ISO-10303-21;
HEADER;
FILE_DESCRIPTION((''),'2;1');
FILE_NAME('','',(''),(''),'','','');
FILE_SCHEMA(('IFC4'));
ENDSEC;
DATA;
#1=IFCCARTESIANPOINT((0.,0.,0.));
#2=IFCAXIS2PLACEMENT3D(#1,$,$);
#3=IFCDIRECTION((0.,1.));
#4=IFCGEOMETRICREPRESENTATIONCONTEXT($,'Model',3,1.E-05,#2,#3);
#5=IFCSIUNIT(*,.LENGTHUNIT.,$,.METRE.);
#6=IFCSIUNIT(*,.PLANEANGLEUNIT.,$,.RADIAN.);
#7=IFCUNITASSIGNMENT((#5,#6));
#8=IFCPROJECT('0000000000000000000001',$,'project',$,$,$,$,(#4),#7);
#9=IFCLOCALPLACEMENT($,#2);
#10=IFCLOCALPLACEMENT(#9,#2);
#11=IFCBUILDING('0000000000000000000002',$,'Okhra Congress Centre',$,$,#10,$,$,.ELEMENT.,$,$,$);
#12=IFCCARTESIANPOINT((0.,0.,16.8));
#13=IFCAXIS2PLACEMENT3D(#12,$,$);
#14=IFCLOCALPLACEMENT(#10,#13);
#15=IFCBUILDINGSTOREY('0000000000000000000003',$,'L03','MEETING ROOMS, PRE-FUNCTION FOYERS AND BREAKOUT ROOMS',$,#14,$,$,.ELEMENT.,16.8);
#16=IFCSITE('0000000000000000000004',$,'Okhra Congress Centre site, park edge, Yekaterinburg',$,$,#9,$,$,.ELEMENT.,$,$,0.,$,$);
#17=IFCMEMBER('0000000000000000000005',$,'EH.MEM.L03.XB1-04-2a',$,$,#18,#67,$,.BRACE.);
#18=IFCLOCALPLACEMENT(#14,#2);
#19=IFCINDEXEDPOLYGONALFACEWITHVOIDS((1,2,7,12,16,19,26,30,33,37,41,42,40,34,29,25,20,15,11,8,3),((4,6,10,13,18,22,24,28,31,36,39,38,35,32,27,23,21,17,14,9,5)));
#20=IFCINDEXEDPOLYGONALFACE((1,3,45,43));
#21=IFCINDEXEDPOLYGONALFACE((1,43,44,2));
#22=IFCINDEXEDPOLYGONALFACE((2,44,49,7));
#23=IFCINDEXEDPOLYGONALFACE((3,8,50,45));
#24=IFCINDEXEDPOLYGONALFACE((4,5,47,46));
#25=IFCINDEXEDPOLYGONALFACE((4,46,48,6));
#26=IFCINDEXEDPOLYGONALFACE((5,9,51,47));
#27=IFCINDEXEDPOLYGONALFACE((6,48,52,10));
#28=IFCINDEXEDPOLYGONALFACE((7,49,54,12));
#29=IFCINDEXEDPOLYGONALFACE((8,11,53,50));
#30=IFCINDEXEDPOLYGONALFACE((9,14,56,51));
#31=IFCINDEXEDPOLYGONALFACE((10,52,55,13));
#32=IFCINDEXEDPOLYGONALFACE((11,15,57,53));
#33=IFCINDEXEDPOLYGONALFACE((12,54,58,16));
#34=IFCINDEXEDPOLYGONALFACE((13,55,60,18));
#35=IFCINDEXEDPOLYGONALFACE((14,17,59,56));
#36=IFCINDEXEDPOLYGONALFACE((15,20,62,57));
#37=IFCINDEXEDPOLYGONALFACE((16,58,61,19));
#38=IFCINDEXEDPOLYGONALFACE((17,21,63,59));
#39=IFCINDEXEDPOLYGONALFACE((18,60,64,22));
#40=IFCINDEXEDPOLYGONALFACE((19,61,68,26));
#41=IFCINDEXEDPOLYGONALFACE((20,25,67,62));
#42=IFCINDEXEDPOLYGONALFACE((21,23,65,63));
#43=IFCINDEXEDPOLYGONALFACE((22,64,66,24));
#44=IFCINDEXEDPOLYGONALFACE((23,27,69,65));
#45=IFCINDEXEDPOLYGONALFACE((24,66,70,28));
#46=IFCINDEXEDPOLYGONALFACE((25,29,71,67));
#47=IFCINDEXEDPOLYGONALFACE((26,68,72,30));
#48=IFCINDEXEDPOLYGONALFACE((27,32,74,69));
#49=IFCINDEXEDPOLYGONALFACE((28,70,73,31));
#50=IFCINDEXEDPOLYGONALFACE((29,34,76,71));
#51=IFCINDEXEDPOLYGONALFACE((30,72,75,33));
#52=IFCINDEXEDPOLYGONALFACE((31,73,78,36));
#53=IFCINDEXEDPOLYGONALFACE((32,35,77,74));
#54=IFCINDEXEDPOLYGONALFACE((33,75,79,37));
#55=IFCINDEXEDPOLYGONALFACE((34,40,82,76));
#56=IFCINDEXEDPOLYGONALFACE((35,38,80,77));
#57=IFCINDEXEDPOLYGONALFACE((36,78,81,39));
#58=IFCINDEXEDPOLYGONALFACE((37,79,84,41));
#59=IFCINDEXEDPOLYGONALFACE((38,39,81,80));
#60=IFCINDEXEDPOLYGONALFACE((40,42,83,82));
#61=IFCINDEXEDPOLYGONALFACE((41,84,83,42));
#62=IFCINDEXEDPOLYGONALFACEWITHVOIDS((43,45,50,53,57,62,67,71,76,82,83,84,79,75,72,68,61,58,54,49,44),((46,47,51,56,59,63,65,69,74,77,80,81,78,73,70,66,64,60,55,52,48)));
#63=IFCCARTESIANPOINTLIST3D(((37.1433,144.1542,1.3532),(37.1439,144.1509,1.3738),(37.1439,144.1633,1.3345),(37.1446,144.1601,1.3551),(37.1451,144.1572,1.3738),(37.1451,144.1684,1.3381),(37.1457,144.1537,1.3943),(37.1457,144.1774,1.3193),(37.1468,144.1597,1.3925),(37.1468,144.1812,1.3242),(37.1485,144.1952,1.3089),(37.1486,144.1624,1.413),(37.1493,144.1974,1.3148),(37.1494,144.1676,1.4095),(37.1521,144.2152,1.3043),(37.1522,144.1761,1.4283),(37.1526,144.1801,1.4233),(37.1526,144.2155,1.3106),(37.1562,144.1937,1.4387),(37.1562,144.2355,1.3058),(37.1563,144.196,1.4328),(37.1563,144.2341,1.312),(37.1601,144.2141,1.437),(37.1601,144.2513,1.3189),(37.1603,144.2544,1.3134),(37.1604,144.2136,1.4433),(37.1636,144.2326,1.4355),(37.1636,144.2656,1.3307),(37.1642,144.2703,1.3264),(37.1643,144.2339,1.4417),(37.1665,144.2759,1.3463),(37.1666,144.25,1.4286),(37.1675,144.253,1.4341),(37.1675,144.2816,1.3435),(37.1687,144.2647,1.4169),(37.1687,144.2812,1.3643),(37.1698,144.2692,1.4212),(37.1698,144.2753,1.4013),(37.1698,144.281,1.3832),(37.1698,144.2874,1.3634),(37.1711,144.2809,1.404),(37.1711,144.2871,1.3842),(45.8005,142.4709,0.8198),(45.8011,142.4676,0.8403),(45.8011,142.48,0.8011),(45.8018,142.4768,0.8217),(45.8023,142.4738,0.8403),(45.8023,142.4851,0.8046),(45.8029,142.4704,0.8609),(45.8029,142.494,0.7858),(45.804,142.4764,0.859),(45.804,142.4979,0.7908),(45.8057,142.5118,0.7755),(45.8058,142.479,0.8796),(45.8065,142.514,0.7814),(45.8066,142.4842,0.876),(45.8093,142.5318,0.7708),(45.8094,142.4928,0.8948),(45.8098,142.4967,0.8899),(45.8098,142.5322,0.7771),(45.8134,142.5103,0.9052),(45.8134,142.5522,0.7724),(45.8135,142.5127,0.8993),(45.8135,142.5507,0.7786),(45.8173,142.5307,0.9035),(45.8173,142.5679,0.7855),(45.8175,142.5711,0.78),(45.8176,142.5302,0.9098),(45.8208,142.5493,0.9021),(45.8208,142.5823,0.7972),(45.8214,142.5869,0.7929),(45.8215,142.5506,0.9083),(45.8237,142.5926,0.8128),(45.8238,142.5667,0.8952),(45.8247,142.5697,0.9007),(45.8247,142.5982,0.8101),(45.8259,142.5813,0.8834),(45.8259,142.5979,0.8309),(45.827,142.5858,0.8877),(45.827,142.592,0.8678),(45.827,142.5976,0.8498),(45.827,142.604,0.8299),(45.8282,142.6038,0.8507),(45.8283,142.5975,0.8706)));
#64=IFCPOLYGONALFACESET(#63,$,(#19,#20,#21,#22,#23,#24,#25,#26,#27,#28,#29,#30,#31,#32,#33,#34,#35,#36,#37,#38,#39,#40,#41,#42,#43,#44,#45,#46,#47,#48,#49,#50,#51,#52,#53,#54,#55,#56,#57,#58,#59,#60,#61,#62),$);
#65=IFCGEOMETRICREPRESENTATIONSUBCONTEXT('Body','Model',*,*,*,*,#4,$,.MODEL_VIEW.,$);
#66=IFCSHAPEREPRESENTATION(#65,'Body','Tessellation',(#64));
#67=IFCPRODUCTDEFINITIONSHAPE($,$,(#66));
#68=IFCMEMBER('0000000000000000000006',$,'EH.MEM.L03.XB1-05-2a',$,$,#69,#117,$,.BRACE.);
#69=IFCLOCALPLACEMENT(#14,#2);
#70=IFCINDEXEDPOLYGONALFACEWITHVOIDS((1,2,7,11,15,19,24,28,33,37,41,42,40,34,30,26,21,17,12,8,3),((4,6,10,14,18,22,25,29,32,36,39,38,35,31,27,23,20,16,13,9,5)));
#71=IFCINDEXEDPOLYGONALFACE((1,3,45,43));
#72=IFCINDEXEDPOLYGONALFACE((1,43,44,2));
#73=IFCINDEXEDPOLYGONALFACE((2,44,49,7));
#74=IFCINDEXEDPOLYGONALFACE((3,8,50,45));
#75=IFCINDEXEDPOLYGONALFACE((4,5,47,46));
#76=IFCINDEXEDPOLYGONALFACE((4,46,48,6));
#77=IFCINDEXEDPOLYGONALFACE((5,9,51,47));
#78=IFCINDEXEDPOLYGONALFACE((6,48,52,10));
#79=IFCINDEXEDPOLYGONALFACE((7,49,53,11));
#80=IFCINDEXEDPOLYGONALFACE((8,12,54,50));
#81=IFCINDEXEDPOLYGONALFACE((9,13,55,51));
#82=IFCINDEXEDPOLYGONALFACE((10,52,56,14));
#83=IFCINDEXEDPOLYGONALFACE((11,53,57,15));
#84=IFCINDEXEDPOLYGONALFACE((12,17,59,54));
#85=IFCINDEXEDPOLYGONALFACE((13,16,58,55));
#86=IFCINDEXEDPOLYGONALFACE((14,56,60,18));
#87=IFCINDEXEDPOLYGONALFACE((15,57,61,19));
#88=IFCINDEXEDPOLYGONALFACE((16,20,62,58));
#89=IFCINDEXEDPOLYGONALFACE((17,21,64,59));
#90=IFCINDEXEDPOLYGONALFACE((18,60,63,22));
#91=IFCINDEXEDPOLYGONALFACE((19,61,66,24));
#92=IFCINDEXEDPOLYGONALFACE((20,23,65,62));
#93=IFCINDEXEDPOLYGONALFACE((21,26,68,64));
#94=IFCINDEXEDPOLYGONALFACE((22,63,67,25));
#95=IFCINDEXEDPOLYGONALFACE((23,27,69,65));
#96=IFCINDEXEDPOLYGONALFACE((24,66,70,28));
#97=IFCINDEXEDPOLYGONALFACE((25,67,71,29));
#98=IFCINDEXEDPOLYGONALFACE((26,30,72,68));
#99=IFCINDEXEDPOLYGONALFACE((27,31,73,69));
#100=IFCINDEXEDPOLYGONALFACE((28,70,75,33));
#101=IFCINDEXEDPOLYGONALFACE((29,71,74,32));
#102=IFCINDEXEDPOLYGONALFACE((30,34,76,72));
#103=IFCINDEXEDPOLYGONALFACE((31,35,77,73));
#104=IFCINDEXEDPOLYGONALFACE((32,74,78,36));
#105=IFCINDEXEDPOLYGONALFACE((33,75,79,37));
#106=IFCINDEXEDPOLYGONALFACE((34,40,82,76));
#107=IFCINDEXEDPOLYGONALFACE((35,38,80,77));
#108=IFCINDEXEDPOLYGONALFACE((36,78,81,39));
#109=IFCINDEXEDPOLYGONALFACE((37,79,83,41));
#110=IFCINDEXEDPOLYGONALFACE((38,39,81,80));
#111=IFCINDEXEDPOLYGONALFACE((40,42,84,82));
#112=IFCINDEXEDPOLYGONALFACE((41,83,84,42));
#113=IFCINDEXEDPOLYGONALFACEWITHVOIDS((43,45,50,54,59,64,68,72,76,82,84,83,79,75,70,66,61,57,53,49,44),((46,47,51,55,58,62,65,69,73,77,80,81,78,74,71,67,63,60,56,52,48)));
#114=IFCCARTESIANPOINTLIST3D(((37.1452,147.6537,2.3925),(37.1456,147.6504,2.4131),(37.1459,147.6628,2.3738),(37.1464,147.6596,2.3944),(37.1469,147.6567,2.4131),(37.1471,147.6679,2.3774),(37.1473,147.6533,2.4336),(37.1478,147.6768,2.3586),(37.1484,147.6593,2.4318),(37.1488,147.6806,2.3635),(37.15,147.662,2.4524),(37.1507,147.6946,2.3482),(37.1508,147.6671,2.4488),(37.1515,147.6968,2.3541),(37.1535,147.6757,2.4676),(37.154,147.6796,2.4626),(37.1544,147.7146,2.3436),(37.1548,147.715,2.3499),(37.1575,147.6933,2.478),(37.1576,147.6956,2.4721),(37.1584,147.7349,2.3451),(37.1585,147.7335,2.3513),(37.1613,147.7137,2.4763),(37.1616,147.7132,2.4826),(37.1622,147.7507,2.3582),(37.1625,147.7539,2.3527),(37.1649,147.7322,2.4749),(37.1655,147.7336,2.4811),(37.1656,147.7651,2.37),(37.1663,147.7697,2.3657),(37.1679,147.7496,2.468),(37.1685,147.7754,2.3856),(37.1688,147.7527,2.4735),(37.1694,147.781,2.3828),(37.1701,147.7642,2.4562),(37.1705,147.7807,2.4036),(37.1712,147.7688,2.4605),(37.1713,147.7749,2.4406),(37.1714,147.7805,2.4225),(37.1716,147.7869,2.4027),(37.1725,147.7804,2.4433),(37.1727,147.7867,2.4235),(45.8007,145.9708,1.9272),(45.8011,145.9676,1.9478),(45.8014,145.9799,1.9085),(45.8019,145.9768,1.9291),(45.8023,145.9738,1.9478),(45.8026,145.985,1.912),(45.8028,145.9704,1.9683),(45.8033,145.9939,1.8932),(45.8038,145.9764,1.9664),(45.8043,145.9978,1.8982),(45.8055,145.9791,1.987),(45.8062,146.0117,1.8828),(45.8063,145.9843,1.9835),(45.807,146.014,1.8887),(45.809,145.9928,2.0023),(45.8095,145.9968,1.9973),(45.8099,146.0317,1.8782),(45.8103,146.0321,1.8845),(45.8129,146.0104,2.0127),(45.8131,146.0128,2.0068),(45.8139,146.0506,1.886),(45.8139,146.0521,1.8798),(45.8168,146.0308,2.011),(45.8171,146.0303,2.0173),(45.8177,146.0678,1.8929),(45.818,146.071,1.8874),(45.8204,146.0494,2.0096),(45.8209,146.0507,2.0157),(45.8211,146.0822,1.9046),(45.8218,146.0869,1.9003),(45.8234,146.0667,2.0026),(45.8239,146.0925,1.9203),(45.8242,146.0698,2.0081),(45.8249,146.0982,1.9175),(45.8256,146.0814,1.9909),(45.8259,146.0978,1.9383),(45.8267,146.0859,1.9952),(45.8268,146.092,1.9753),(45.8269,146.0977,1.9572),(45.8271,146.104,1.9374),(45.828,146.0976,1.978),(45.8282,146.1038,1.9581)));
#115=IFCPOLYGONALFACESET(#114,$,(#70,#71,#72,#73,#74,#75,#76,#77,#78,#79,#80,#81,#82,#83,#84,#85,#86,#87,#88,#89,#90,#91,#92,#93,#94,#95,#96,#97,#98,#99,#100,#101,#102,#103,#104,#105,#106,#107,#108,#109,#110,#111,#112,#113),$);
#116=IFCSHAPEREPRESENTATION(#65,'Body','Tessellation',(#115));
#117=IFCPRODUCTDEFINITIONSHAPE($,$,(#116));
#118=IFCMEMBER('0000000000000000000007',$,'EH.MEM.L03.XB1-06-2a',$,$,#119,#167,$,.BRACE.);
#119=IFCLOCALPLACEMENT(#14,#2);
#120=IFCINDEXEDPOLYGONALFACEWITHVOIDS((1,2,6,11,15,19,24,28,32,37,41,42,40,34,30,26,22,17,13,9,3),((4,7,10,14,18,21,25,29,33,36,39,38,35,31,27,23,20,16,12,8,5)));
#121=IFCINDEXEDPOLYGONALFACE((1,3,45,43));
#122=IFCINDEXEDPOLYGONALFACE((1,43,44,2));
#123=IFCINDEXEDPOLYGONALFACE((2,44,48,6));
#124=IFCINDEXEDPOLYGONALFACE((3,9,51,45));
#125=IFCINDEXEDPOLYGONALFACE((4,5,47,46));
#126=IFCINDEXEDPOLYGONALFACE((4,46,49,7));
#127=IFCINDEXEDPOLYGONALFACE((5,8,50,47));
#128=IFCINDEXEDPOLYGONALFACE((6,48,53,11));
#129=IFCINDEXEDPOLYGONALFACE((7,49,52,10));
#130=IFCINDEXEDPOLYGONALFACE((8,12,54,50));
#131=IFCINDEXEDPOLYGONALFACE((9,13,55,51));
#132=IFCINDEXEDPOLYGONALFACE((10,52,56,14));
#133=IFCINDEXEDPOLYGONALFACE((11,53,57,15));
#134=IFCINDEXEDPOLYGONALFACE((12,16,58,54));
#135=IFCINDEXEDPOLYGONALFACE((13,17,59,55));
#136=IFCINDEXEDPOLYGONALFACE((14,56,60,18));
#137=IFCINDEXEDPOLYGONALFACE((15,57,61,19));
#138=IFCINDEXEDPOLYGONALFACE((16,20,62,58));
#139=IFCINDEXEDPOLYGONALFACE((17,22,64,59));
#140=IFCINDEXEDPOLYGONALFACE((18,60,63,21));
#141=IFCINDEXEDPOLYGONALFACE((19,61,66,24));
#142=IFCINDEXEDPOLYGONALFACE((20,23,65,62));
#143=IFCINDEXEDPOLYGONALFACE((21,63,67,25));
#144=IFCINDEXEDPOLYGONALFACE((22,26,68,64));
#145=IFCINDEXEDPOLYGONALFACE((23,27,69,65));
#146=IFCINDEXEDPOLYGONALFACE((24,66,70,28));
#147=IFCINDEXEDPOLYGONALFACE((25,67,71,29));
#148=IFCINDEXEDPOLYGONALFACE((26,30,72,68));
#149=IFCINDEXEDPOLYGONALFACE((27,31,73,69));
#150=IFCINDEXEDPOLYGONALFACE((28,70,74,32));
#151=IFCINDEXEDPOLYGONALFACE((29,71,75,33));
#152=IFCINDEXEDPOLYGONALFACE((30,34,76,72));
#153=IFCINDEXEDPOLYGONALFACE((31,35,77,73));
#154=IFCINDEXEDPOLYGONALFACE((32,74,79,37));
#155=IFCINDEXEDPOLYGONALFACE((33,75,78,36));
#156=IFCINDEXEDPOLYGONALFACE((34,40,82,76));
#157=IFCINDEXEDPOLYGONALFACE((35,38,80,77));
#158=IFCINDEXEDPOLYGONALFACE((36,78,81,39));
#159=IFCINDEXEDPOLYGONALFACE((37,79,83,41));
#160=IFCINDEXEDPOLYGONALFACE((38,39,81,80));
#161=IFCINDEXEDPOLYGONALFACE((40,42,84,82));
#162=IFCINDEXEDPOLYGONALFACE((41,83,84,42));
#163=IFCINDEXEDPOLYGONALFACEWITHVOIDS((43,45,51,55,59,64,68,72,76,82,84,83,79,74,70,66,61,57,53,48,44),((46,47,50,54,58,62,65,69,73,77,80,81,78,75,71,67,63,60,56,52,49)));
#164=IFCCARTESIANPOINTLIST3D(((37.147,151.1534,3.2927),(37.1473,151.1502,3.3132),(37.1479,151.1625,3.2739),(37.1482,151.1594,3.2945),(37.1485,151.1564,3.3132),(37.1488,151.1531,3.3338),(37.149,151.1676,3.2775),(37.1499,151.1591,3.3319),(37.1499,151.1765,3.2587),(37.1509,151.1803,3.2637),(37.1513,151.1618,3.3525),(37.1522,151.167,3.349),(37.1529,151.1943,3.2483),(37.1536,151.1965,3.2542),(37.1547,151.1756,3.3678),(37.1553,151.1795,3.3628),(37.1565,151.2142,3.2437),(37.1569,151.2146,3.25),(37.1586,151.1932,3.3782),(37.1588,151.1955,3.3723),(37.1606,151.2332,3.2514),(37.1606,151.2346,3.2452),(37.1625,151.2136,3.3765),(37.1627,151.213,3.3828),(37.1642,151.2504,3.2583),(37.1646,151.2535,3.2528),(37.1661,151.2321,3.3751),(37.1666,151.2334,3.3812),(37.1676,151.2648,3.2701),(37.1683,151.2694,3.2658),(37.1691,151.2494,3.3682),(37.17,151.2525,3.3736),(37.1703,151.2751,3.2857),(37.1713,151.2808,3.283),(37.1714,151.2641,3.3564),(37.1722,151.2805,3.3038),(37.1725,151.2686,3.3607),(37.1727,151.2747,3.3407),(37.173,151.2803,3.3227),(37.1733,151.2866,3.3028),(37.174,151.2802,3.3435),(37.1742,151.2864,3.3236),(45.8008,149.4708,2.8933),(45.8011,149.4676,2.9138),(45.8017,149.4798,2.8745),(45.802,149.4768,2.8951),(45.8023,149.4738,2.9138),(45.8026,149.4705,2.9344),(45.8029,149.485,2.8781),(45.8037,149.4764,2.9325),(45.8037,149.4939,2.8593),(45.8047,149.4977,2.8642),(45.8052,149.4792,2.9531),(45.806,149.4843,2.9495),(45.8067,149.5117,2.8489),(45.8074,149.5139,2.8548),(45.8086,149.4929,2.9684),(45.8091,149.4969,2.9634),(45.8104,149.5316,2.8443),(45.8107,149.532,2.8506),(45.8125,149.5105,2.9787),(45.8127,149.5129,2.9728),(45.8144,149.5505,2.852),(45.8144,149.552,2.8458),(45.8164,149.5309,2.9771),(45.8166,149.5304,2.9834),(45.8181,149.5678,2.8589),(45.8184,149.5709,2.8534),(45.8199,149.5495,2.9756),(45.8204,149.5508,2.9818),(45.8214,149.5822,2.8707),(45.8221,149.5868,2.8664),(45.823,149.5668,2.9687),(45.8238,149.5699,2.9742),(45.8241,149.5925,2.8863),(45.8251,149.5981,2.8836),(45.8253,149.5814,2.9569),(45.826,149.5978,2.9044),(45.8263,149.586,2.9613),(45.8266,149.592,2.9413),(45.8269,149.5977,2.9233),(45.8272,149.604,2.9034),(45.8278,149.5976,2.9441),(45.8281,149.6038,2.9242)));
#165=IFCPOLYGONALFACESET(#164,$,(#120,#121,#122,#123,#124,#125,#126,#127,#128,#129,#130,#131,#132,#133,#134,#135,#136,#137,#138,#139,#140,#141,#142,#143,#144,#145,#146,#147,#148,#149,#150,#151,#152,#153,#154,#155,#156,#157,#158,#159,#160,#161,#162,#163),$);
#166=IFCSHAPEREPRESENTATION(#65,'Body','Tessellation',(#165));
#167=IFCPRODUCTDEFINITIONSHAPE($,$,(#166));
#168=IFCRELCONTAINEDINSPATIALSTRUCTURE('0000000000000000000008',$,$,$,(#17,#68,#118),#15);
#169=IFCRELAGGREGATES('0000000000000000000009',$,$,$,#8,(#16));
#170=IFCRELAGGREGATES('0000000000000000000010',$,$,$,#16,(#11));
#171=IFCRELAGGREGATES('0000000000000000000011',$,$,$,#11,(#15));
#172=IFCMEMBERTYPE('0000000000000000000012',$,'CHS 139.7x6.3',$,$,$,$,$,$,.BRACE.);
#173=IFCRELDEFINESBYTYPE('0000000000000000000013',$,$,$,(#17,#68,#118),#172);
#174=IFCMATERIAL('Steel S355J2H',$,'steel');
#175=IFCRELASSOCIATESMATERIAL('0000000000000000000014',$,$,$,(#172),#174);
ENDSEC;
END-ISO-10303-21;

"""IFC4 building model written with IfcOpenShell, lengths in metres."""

from ifc_helpers import new_model, si_unit, direction, frame, origin, origin_2d, place, context, subcontext, project, spatial, hollow_circle, extrude, material, material_profile, profile_set, type_object, element, save


model = new_model("IFC4")

# Units and contexts
model_context = context("Model", 3, precision=1e-05, world=origin(), true_north=direction((0.0, 1.0)))
body_context = subcontext(model_context, "Body", "Model", "MODEL_VIEW")
ifc_project = project(units=[si_unit("LENGTHUNIT", "METRE"), si_unit("PLANEANGLEUNIT", "RADIAN")], contexts=[model_context])

# Site, building, storey
site_placement = place(None, origin())
site = spatial("IfcSite", under=ifc_project, at=site_placement, Name="Okhra Congress Centre site, park edge, Yekaterinburg", CompositionType="ELEMENT", RefElevation=0.0)
building_placement = place(site_placement, origin())
building = spatial("IfcBuilding", under=site, at=building_placement, Name="Okhra Congress Centre", CompositionType="ELEMENT")
storey_placement = place(building_placement, frame((0.0, 0.0, 16.8)))
storey = spatial("IfcBuildingStorey", under=building, at=storey_placement, Name="L03", Description="MEETING ROOMS, PRE-FUNCTION FOYERS AND BREAKOUT ROOMS", CompositionType="ELEMENT", Elevation=16.8)

# Members
ifc_material_1 = material(Name="Steel S355J2H", Category="steel")
ifc_material_profile_1 = material_profile(ifc_material_1, hollow_circle(Radius=0.0698, WallThickness=0.0063, at=origin_2d()), Name="CHS 139.7x6.3")
ifc_profile_set_1 = profile_set([ifc_material_profile_1], Name="Steel S355J2H")
member_type_1 = type_object("IfcMemberType", Name="CHS 139.7x6.3", PredefinedType="BRACE", material=ifc_profile_set_1)
member_1_placement = place(storey_placement, frame((45.8145, 142.5361, 0.8403), z_axis=(-0.979825, 0.190521, 0.060376), x_axis=(-0.19087, -0.981615, 0.0)))
element("IfcMember", 1, at=member_1_placement, inside=storey, type_object=member_type_1, Name="EH.MEM.L03.XB1-04-2a", PredefinedType="BRACE", context=body_context, shape_type="SweptSolid", body=[
    extrude(hollow_circle(Radius=0.0698, WallThickness=0.0063, at=origin_2d()), origin(), (0.0, 0.0, 1.0), 8.8354),
])
member_2_placement = place(storey_placement, frame((45.8145, 146.0361, 1.9478), z_axis=(-0.980255, 0.190587, 0.0527), x_axis=(-0.190853, -0.981619, 0.0)))
element("IfcMember", 2, at=member_2_placement, inside=storey, type_object=member_type_1, Name="EH.MEM.L03.XB1-05-2a", PredefinedType="BRACE", context=body_context, shape_type="SweptSolid", body=[
    extrude(hollow_circle(Radius=0.0698, WallThickness=0.0063, at=origin_2d()), origin(), (0.0, 0.0, 1.0), 8.8298),
])
member_3_placement = place(storey_placement, frame((45.8145, 149.5361, 2.9138), z_axis=(-0.980611, 0.190667, 0.04526), x_axis=(-0.190862, -0.981617, 0.0)))
element("IfcMember", 3, at=member_3_placement, inside=storey, type_object=member_type_1, Name="EH.MEM.L03.XB1-06-2a", PredefinedType="BRACE", context=body_context, shape_type="SweptSolid", body=[
    extrude(hollow_circle(Radius=0.0698, WallThickness=0.0063, at=origin_2d()), origin(), (0.0, 0.0, 1.0), 8.825),
])

save(model, "model.ifc")
